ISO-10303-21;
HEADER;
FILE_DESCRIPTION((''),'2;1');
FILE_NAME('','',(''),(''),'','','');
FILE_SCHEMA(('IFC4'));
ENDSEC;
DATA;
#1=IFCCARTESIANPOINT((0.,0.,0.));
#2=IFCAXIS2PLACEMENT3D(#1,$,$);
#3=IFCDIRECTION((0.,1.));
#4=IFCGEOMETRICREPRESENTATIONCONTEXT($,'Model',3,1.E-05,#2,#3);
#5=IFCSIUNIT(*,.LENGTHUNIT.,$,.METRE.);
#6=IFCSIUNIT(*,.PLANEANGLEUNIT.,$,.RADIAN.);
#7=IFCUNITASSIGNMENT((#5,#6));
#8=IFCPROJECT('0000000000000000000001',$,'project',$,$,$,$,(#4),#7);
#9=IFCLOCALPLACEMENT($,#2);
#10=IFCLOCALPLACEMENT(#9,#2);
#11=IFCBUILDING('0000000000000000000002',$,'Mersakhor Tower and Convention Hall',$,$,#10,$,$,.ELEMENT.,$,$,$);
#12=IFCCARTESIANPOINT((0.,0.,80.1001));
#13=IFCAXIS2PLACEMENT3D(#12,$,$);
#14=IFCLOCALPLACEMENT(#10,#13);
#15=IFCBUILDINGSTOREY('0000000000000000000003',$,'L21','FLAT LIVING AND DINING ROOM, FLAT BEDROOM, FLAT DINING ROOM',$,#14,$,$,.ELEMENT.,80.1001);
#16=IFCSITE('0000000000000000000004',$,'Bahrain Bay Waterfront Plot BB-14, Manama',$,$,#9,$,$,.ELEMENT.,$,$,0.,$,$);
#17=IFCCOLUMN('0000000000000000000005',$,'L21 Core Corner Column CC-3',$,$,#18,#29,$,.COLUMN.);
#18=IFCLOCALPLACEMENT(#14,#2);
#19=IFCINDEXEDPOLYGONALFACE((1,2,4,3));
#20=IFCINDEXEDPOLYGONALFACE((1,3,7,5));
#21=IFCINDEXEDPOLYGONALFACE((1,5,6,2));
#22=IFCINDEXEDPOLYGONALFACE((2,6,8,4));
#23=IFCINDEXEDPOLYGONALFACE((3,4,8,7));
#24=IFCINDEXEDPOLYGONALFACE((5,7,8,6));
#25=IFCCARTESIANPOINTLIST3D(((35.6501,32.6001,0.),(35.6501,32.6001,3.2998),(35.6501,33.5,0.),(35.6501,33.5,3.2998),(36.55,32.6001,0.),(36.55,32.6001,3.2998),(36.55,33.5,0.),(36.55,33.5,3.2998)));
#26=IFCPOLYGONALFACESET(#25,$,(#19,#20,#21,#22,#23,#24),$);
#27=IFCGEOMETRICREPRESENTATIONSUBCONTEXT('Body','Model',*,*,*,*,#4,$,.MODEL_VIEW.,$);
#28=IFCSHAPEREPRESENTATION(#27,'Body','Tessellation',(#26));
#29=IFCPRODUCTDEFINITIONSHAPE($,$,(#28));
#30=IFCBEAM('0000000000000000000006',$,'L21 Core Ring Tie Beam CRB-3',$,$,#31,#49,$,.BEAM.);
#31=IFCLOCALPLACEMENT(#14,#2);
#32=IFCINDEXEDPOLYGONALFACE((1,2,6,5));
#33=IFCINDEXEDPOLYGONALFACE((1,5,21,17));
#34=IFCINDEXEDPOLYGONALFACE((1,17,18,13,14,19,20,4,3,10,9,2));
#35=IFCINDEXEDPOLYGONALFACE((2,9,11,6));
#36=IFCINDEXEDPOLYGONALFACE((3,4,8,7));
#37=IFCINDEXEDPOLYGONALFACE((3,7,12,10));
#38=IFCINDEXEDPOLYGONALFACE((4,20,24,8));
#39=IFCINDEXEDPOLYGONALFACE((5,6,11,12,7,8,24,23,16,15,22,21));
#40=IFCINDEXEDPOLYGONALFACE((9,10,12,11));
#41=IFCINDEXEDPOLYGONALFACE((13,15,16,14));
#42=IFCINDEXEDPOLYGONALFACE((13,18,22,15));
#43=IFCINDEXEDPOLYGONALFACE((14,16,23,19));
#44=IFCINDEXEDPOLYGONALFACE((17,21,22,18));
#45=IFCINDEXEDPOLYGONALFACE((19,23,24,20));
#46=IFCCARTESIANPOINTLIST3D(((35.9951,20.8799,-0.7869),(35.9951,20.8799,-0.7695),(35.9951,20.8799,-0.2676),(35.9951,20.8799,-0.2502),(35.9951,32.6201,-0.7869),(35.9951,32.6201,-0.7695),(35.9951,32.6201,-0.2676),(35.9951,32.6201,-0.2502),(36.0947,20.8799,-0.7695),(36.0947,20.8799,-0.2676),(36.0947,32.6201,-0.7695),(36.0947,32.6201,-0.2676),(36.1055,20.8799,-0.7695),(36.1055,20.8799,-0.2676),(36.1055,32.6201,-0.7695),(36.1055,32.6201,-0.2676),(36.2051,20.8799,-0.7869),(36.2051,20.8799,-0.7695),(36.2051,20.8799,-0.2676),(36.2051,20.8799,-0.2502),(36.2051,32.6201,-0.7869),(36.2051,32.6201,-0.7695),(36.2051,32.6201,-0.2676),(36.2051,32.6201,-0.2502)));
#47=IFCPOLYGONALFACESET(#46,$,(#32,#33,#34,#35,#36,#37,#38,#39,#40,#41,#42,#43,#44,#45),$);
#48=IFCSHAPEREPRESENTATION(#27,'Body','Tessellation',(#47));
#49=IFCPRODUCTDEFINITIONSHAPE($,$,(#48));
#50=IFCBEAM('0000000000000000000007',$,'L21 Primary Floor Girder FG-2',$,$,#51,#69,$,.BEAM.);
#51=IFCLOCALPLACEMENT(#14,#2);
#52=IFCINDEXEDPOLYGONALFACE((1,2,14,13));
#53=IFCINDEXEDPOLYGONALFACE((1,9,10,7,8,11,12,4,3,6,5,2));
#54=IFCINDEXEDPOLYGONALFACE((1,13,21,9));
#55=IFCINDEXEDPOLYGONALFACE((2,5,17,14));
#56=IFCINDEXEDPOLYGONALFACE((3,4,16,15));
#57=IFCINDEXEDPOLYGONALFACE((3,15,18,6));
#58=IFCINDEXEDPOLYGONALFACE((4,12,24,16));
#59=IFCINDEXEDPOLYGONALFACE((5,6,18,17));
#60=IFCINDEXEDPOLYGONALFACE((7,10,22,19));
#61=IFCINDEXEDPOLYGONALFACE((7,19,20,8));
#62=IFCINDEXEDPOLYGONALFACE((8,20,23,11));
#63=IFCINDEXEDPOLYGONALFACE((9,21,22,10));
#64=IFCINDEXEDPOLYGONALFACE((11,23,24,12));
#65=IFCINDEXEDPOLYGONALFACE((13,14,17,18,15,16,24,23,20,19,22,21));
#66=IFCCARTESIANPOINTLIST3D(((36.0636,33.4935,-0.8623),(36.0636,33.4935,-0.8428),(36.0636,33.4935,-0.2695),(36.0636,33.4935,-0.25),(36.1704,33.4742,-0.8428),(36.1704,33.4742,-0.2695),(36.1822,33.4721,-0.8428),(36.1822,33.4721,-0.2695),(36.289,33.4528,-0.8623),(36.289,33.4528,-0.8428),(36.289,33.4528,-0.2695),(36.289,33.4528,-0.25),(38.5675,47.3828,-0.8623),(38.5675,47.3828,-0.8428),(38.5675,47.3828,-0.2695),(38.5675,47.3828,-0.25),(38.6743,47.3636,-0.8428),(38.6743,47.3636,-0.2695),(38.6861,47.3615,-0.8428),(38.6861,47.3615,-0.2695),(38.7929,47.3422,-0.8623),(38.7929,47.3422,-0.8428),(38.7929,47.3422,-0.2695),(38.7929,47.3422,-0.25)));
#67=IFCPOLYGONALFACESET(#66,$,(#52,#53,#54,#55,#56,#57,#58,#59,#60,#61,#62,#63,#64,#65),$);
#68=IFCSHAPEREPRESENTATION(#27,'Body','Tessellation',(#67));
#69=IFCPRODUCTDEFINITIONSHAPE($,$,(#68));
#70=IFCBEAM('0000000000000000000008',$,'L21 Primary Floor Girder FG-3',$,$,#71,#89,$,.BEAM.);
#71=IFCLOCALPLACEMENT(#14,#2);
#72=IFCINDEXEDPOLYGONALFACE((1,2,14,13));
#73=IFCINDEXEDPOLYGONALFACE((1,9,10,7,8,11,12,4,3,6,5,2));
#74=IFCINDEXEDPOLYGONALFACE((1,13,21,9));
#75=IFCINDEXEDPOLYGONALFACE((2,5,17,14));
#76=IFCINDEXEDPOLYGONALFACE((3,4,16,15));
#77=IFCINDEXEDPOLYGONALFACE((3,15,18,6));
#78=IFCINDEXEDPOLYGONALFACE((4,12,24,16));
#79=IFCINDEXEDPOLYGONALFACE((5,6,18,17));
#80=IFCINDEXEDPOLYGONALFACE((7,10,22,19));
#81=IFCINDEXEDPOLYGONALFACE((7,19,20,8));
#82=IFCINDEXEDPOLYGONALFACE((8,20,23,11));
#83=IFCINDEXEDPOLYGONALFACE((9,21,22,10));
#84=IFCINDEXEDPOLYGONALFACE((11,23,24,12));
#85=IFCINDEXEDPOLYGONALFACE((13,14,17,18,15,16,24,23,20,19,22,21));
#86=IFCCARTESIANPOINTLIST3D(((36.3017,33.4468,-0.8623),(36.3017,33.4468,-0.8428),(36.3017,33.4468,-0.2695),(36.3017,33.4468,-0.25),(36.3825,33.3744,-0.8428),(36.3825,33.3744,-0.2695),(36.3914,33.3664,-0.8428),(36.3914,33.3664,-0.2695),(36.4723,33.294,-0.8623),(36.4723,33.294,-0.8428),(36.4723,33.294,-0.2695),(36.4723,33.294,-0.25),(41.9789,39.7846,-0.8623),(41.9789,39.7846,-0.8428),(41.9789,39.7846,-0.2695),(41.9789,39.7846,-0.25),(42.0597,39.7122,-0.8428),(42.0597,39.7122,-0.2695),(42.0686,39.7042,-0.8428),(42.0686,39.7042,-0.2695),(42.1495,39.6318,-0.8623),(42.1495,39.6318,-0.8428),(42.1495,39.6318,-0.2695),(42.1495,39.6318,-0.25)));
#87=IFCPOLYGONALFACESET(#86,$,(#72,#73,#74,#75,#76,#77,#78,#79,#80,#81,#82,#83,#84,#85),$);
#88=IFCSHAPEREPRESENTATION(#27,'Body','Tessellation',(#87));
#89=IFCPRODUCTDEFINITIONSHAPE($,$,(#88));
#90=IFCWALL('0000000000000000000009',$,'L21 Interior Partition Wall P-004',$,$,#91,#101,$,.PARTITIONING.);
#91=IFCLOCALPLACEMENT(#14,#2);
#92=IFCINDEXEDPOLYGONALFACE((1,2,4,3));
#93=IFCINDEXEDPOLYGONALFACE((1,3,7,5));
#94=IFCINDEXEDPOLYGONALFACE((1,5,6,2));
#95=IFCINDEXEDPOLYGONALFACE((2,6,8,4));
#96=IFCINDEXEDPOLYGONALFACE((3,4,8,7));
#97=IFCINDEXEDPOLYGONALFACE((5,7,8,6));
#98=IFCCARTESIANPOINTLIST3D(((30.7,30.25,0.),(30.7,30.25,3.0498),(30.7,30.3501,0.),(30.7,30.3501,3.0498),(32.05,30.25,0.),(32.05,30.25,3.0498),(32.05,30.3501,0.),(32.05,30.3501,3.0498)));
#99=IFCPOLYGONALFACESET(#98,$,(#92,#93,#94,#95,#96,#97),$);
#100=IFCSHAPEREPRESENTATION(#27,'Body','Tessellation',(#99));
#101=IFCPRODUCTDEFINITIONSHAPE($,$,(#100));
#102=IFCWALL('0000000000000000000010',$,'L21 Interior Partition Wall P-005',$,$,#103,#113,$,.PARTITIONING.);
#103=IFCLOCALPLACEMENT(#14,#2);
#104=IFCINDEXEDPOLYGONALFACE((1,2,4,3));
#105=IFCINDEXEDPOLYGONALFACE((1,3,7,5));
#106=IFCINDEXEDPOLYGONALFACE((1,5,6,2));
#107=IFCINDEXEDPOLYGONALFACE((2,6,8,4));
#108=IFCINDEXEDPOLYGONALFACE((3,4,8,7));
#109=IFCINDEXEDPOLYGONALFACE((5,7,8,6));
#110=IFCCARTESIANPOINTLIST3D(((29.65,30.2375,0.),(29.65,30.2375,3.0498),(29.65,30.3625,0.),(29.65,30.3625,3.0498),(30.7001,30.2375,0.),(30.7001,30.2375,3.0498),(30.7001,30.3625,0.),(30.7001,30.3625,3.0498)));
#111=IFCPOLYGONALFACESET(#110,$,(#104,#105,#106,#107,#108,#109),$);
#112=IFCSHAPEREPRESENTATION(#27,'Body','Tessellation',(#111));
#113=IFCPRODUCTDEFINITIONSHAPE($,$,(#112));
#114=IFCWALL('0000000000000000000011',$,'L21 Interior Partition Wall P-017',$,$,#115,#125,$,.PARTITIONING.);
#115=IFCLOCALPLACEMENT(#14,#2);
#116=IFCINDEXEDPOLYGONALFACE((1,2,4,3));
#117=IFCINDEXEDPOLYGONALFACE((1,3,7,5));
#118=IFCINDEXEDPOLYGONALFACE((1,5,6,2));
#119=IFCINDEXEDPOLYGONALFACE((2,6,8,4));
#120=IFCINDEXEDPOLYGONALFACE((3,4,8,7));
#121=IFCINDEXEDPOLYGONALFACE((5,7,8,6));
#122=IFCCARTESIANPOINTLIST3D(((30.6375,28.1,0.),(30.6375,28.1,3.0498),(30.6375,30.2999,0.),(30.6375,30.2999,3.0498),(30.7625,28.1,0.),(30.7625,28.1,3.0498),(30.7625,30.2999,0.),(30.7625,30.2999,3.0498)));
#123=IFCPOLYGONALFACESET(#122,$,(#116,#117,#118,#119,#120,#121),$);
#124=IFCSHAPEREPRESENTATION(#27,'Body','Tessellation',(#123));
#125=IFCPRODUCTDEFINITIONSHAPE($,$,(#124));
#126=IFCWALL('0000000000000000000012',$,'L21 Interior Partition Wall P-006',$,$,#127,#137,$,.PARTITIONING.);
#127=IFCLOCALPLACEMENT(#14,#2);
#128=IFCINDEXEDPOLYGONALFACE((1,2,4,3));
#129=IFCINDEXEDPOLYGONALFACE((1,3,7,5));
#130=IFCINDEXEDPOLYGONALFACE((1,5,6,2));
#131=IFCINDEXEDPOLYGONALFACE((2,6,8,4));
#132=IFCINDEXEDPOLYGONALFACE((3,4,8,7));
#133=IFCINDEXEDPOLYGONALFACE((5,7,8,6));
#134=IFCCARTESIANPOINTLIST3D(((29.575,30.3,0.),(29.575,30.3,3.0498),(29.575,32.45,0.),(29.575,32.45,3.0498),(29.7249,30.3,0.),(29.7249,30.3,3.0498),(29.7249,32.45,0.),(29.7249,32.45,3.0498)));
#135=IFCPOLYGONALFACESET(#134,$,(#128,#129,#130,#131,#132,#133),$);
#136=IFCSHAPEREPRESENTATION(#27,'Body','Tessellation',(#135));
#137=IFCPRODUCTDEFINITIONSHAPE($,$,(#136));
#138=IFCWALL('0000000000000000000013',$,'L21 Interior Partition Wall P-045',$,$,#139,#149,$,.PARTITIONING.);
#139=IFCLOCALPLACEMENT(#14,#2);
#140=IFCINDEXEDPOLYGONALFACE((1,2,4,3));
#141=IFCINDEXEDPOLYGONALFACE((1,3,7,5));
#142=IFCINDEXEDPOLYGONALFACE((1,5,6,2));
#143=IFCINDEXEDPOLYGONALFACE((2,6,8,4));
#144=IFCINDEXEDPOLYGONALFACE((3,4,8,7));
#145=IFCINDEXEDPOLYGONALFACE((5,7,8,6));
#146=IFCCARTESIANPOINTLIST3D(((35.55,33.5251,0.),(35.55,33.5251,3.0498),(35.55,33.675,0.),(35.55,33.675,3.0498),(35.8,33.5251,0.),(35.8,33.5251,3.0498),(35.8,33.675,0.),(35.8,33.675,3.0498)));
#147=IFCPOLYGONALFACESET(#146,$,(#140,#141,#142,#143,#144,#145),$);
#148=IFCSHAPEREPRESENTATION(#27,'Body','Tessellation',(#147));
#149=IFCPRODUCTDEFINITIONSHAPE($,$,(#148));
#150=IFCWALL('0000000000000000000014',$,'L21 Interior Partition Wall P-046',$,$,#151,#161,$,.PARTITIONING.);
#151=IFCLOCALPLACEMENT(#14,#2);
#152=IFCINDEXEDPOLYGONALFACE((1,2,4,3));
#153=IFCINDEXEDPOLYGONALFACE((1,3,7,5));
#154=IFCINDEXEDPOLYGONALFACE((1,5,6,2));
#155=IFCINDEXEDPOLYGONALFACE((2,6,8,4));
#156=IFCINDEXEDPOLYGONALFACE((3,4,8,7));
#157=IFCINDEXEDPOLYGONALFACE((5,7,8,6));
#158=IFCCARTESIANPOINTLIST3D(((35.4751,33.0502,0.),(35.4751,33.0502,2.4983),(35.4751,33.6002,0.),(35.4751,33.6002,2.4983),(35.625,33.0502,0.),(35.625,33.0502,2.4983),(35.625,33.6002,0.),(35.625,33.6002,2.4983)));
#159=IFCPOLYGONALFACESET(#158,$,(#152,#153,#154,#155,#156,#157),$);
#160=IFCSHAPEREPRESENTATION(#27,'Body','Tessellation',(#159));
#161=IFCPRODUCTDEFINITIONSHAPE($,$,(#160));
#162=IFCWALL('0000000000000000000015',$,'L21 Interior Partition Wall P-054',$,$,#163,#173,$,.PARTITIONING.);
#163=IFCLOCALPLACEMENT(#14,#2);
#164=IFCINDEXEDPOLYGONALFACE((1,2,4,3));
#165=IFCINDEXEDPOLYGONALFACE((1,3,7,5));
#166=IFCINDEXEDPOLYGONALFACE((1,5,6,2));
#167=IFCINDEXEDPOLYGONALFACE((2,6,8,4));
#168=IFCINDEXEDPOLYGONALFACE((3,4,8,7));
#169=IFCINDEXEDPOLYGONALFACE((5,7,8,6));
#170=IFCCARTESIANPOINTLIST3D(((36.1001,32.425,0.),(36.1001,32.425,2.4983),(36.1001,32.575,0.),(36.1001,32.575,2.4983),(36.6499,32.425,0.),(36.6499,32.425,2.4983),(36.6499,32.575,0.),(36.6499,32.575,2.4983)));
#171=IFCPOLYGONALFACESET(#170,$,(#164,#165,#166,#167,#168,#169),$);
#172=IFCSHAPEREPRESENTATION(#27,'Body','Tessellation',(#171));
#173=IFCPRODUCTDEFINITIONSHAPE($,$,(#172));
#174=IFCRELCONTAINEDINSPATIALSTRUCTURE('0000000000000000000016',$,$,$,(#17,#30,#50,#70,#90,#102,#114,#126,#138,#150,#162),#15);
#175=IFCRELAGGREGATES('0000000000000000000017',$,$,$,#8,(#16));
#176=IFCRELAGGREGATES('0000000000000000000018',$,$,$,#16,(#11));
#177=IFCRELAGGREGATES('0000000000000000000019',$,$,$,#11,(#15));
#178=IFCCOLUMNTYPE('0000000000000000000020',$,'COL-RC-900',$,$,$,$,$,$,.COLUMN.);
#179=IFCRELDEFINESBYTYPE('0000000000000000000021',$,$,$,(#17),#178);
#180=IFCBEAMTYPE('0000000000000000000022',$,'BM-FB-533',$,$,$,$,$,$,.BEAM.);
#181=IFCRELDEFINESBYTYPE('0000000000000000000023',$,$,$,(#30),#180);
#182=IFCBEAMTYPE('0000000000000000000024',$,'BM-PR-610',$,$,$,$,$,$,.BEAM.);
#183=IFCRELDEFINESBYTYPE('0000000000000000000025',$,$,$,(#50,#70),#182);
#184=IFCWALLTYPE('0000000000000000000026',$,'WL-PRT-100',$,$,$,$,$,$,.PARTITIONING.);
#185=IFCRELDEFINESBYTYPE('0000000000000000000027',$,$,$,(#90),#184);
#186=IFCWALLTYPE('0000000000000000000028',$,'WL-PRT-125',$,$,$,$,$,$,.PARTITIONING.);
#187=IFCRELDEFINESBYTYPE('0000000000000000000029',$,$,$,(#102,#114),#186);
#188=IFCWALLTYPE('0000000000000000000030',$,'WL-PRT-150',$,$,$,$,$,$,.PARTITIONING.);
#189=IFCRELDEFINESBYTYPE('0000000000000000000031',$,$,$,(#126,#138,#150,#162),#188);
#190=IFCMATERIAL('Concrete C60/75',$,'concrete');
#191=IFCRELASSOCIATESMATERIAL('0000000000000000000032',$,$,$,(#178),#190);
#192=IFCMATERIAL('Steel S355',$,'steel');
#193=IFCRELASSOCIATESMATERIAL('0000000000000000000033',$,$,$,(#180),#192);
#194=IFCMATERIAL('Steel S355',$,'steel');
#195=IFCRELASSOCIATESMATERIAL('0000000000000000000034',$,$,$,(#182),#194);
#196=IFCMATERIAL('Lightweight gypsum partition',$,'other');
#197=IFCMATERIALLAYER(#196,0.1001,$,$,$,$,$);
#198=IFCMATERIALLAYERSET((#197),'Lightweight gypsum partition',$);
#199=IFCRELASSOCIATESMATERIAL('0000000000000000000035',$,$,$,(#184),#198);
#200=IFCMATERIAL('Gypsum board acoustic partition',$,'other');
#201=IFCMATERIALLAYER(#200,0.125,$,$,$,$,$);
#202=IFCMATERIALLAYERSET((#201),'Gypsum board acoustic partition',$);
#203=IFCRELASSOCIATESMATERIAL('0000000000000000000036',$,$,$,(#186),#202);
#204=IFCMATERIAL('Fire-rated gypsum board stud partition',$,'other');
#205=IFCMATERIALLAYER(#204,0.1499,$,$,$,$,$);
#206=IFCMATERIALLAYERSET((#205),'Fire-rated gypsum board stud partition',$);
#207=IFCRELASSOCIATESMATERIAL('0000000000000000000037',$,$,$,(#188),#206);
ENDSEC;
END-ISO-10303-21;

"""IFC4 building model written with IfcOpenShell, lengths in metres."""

from ifc_helpers import new_model, si_unit, direction, frame, frame_2d, origin, origin_2d, place, context, subcontext, project, spatial, rectangle, i_section, extrude, material, layer, layer_set, material_profile, profile_set, type_object, element, save


model = new_model("IFC4")

# Units and contexts
model_context = context("Model", 3, precision=1e-05, world=origin(), true_north=direction((0.0, 1.0)))
body_context = subcontext(model_context, "Body", "Model", "MODEL_VIEW")
ifc_project = project(units=[si_unit("LENGTHUNIT", "METRE"), si_unit("PLANEANGLEUNIT", "RADIAN")], contexts=[model_context])

# Site, building, storey
site_placement = place(None, origin())
site = spatial("IfcSite", under=ifc_project, at=site_placement, Name="Bahrain Bay Waterfront Plot BB-14, Manama", CompositionType="ELEMENT", RefElevation=0.0)
building_placement = place(site_placement, origin())
building = spatial("IfcBuilding", under=site, at=building_placement, Name="Mersakhor Tower and Convention Hall", CompositionType="ELEMENT")
storey_placement = place(building_placement, frame((0.0, 0.0, 80.1001)))
storey = spatial("IfcBuildingStorey", under=building, at=storey_placement, Name="L21", Description="FLAT LIVING AND DINING ROOM, FLAT BEDROOM, FLAT DINING ROOM", CompositionType="ELEMENT", Elevation=80.1001)

# Column
ifc_material_1 = material(Name="Concrete C60/75", Category="concrete")
ifc_material_profile_1 = material_profile(ifc_material_1, rectangle(XDim=0.8999, YDim=0.8999, at=origin_2d()), Name="RC 900x900")
ifc_profile_set_1 = profile_set([ifc_material_profile_1], Name="Concrete C60/75")
column_type = type_object("IfcColumnType", Name="COL-RC-900", PredefinedType="COLUMN", material=ifc_profile_set_1)
column_placement = place(storey_placement, frame((36.1001, 33.05, 0.0), z_axis=(0.0, 0.0, 1.0), x_axis=(1.0, 0.0, 0.0)))
element("IfcColumn", 1, at=column_placement, inside=storey, type_object=column_type, Name="L21 Core Corner Column CC-3", PredefinedType="COLUMN", context=body_context, shape_type="SweptSolid", body=[
    extrude(rectangle(XDim=0.8999, YDim=0.8999, at=origin_2d()), origin(), (0.0, 0.0, 1.0), 3.2998),
])

# Beams
ifc_material_2 = material(Name="Steel S355", Category="steel")
ifc_material_profile_2 = material_profile(ifc_material_2, i_section(OverallWidth=0.21, OverallDepth=0.5366, WebThickness=0.0107, FlangeThickness=0.0173, at=origin_2d()), Name="UB 533x210x101")
ifc_profile_set_2 = profile_set([ifc_material_profile_2], Name="Steel S355")
beam_type_1 = type_object("IfcBeamType", Name="BM-FB-533", PredefinedType="BEAM", material=ifc_profile_set_2)
beam_1_placement = place(storey_placement, frame((36.1001, 32.6201, -0.5186), z_axis=(0.0, -1.0, 0.0), x_axis=(1.0, 0.0, 0.0)))
element("IfcBeam", 2, at=beam_1_placement, inside=storey, type_object=beam_type_1, Name="L21 Core Ring Tie Beam CRB-3", PredefinedType="BEAM", context=body_context, shape_type="SweptSolid", body=[
    extrude(i_section(OverallWidth=0.21, OverallDepth=0.5366, WebThickness=0.0107, FlangeThickness=0.0173, at=origin_2d()), origin(), (0.0, 0.0, 1.0), 11.7402),
])
ifc_material_3 = material(Name="Steel S355", Category="steel")
ifc_material_profile_3 = material_profile(ifc_material_3, i_section(OverallWidth=0.229, OverallDepth=0.6123, WebThickness=0.012, FlangeThickness=0.0195, at=origin_2d()), Name="UB 610x229x125")
ifc_profile_set_3 = profile_set([ifc_material_profile_3], Name="Steel S355")
beam_type_2 = type_object("IfcBeamType", Name="BM-PR-610", PredefinedType="BEAM", material=ifc_profile_set_3)
beam_2_placement = place(storey_placement, frame((36.1763, 33.4731, -0.5562), z_axis=(0.177415, 0.984136, 0.0), x_axis=(-0.984136, 0.177415, 0.0)))
element("IfcBeam", 3, at=beam_2_placement, inside=storey, type_object=beam_type_2, Name="L21 Primary Floor Girder FG-2", PredefinedType="BEAM", context=body_context, shape_type="SweptSolid", body=[
    extrude(i_section(OverallWidth=0.229, OverallDepth=0.6123, WebThickness=0.012, FlangeThickness=0.0195, at=origin_2d()), origin(), (0.0, 0.0, 1.0), 14.1133),
])
beam_3_placement = place(storey_placement, frame((36.387, 33.3704, -0.5562), z_axis=(0.667219, 0.744861, 0.0), x_axis=(-0.744861, 0.667219, 0.0)))
element("IfcBeam", 4, at=beam_3_placement, inside=storey, type_object=beam_type_2, Name="L21 Primary Floor Girder FG-3", PredefinedType="BEAM", context=body_context, shape_type="SweptSolid", body=[
    extrude(i_section(OverallWidth=0.229, OverallDepth=0.6123, WebThickness=0.012, FlangeThickness=0.0195, at=origin_2d()), origin(), (0.0, 0.0, 1.0), 8.5088),
])

# Walls
ifc_material_4 = material(Name="Lightweight gypsum partition", Category="other")
ifc_layer_1 = layer(ifc_material_4, 0.1001)
ifc_layer_set_1 = layer_set([ifc_layer_1], Name="Lightweight gypsum partition")
wall_type_1 = type_object("IfcWallType", Name="WL-PRT-100", PredefinedType="PARTITIONING", material=ifc_layer_set_1)
wall_1_placement = place(storey_placement, frame((32.05, 30.3, 0.0), z_axis=(0.0, 0.0, 1.0), x_axis=(-1.0, 0.0, 0.0)))
element("IfcWall", 5, at=wall_1_placement, inside=storey, type_object=wall_type_1, Name="L21 Interior Partition Wall P-004", PredefinedType="PARTITIONING", context=body_context, shape_type="SweptSolid", body=[
    extrude(rectangle(XDim=1.3501, YDim=0.1001, at=frame_2d((0.675, 0.0))), origin(), (0.0, 0.0, 1.0), 3.0498),
])
ifc_material_5 = material(Name="Gypsum board acoustic partition", Category="other")
ifc_layer_2 = layer(ifc_material_5, 0.125)
ifc_layer_set_2 = layer_set([ifc_layer_2], Name="Gypsum board acoustic partition")
wall_type_2 = type_object("IfcWallType", Name="WL-PRT-125", PredefinedType="PARTITIONING", material=ifc_layer_set_2)
wall_2_placement = place(storey_placement, frame((30.7, 30.3, 0.0), z_axis=(0.0, 0.0, 1.0), x_axis=(-1.0, 0.0, 0.0)))
element("IfcWall", 6, at=wall_2_placement, inside=storey, type_object=wall_type_2, Name="L21 Interior Partition Wall P-005", PredefinedType="PARTITIONING", context=body_context, shape_type="SweptSolid", body=[
    extrude(rectangle(XDim=1.05, YDim=0.125, at=frame_2d((0.5249, 0.0))), origin(), (0.0, 0.0, 1.0), 3.0498),
])
wall_3_placement = place(storey_placement, frame((30.7, 30.3, 0.0), z_axis=(0.0, 0.0, 1.0), x_axis=(0.0, -1.0, 0.0)))
element("IfcWall", 7, at=wall_3_placement, inside=storey, type_object=wall_type_2, Name="L21 Interior Partition Wall P-017", PredefinedType="PARTITIONING", context=body_context, shape_type="SweptSolid", body=[
    extrude(rectangle(XDim=2.2, YDim=0.125, at=frame_2d((1.1001, 0.0))), origin(), (0.0, 0.0, 1.0), 3.0498),
])
ifc_material_6 = material(Name="Fire-rated gypsum board stud partition", Category="other")
ifc_layer_3 = layer(ifc_material_6, 0.1499)
ifc_layer_set_3 = layer_set([ifc_layer_3], Name="Fire-rated gypsum board stud partition")
wall_type_3 = type_object("IfcWallType", Name="WL-PRT-150", PredefinedType="PARTITIONING", material=ifc_layer_set_3)
wall_4_placement = place(storey_placement, frame((29.6499, 30.3, 0.0), z_axis=(0.0, 0.0, 1.0), x_axis=(0.0, 1.0, 0.0)))
element("IfcWall", 8, at=wall_4_placement, inside=storey, type_object=wall_type_3, Name="L21 Interior Partition Wall P-006", PredefinedType="PARTITIONING", context=body_context, shape_type="SweptSolid", body=[
    extrude(rectangle(XDim=2.1499, YDim=0.1499, at=frame_2d((1.075, 0.0))), origin(), (0.0, 0.0, 1.0), 3.0498),
])
wall_5_placement = place(storey_placement, frame((35.8, 33.6001, 0.0), z_axis=(0.0, 0.0, 1.0), x_axis=(-1.0, 0.0, 0.0)))
element("IfcWall", 9, at=wall_5_placement, inside=storey, type_object=wall_type_3, Name="L21 Interior Partition Wall P-045", PredefinedType="PARTITIONING", context=body_context, shape_type="SweptSolid", body=[
    extrude(rectangle(XDim=0.25, YDim=0.1499, at=frame_2d((0.125, 0.0))), origin(), (0.0, 0.0, 1.0), 3.0498),
])
wall_6_placement = place(storey_placement, frame((35.55, 33.6001, 0.0), z_axis=(0.0, 0.0, 1.0), x_axis=(0.0, -1.0, 0.0)))
element("IfcWall", 10, at=wall_6_placement, inside=storey, type_object=wall_type_3, Name="L21 Interior Partition Wall P-046", PredefinedType="PARTITIONING", context=body_context, shape_type="SweptSolid", body=[
    extrude(rectangle(XDim=0.55, YDim=0.1499, at=frame_2d((0.2749, 0.0))), origin(), (0.0, 0.0, 1.0), 2.4983),
])
wall_7_placement = place(storey_placement, frame((36.1001, 32.5, 0.0), z_axis=(0.0, 0.0, 1.0), x_axis=(1.0, 0.0, 0.0)))
element("IfcWall", 11, at=wall_7_placement, inside=storey, type_object=wall_type_3, Name="L21 Interior Partition Wall P-054", PredefinedType="PARTITIONING", context=body_context, shape_type="SweptSolid", body=[
    extrude(rectangle(XDim=0.5498, YDim=0.1499, at=frame_2d((0.2749, 0.0))), origin(), (0.0, 0.0, 1.0), 2.4983),
])

save(model, "model.ifc")
